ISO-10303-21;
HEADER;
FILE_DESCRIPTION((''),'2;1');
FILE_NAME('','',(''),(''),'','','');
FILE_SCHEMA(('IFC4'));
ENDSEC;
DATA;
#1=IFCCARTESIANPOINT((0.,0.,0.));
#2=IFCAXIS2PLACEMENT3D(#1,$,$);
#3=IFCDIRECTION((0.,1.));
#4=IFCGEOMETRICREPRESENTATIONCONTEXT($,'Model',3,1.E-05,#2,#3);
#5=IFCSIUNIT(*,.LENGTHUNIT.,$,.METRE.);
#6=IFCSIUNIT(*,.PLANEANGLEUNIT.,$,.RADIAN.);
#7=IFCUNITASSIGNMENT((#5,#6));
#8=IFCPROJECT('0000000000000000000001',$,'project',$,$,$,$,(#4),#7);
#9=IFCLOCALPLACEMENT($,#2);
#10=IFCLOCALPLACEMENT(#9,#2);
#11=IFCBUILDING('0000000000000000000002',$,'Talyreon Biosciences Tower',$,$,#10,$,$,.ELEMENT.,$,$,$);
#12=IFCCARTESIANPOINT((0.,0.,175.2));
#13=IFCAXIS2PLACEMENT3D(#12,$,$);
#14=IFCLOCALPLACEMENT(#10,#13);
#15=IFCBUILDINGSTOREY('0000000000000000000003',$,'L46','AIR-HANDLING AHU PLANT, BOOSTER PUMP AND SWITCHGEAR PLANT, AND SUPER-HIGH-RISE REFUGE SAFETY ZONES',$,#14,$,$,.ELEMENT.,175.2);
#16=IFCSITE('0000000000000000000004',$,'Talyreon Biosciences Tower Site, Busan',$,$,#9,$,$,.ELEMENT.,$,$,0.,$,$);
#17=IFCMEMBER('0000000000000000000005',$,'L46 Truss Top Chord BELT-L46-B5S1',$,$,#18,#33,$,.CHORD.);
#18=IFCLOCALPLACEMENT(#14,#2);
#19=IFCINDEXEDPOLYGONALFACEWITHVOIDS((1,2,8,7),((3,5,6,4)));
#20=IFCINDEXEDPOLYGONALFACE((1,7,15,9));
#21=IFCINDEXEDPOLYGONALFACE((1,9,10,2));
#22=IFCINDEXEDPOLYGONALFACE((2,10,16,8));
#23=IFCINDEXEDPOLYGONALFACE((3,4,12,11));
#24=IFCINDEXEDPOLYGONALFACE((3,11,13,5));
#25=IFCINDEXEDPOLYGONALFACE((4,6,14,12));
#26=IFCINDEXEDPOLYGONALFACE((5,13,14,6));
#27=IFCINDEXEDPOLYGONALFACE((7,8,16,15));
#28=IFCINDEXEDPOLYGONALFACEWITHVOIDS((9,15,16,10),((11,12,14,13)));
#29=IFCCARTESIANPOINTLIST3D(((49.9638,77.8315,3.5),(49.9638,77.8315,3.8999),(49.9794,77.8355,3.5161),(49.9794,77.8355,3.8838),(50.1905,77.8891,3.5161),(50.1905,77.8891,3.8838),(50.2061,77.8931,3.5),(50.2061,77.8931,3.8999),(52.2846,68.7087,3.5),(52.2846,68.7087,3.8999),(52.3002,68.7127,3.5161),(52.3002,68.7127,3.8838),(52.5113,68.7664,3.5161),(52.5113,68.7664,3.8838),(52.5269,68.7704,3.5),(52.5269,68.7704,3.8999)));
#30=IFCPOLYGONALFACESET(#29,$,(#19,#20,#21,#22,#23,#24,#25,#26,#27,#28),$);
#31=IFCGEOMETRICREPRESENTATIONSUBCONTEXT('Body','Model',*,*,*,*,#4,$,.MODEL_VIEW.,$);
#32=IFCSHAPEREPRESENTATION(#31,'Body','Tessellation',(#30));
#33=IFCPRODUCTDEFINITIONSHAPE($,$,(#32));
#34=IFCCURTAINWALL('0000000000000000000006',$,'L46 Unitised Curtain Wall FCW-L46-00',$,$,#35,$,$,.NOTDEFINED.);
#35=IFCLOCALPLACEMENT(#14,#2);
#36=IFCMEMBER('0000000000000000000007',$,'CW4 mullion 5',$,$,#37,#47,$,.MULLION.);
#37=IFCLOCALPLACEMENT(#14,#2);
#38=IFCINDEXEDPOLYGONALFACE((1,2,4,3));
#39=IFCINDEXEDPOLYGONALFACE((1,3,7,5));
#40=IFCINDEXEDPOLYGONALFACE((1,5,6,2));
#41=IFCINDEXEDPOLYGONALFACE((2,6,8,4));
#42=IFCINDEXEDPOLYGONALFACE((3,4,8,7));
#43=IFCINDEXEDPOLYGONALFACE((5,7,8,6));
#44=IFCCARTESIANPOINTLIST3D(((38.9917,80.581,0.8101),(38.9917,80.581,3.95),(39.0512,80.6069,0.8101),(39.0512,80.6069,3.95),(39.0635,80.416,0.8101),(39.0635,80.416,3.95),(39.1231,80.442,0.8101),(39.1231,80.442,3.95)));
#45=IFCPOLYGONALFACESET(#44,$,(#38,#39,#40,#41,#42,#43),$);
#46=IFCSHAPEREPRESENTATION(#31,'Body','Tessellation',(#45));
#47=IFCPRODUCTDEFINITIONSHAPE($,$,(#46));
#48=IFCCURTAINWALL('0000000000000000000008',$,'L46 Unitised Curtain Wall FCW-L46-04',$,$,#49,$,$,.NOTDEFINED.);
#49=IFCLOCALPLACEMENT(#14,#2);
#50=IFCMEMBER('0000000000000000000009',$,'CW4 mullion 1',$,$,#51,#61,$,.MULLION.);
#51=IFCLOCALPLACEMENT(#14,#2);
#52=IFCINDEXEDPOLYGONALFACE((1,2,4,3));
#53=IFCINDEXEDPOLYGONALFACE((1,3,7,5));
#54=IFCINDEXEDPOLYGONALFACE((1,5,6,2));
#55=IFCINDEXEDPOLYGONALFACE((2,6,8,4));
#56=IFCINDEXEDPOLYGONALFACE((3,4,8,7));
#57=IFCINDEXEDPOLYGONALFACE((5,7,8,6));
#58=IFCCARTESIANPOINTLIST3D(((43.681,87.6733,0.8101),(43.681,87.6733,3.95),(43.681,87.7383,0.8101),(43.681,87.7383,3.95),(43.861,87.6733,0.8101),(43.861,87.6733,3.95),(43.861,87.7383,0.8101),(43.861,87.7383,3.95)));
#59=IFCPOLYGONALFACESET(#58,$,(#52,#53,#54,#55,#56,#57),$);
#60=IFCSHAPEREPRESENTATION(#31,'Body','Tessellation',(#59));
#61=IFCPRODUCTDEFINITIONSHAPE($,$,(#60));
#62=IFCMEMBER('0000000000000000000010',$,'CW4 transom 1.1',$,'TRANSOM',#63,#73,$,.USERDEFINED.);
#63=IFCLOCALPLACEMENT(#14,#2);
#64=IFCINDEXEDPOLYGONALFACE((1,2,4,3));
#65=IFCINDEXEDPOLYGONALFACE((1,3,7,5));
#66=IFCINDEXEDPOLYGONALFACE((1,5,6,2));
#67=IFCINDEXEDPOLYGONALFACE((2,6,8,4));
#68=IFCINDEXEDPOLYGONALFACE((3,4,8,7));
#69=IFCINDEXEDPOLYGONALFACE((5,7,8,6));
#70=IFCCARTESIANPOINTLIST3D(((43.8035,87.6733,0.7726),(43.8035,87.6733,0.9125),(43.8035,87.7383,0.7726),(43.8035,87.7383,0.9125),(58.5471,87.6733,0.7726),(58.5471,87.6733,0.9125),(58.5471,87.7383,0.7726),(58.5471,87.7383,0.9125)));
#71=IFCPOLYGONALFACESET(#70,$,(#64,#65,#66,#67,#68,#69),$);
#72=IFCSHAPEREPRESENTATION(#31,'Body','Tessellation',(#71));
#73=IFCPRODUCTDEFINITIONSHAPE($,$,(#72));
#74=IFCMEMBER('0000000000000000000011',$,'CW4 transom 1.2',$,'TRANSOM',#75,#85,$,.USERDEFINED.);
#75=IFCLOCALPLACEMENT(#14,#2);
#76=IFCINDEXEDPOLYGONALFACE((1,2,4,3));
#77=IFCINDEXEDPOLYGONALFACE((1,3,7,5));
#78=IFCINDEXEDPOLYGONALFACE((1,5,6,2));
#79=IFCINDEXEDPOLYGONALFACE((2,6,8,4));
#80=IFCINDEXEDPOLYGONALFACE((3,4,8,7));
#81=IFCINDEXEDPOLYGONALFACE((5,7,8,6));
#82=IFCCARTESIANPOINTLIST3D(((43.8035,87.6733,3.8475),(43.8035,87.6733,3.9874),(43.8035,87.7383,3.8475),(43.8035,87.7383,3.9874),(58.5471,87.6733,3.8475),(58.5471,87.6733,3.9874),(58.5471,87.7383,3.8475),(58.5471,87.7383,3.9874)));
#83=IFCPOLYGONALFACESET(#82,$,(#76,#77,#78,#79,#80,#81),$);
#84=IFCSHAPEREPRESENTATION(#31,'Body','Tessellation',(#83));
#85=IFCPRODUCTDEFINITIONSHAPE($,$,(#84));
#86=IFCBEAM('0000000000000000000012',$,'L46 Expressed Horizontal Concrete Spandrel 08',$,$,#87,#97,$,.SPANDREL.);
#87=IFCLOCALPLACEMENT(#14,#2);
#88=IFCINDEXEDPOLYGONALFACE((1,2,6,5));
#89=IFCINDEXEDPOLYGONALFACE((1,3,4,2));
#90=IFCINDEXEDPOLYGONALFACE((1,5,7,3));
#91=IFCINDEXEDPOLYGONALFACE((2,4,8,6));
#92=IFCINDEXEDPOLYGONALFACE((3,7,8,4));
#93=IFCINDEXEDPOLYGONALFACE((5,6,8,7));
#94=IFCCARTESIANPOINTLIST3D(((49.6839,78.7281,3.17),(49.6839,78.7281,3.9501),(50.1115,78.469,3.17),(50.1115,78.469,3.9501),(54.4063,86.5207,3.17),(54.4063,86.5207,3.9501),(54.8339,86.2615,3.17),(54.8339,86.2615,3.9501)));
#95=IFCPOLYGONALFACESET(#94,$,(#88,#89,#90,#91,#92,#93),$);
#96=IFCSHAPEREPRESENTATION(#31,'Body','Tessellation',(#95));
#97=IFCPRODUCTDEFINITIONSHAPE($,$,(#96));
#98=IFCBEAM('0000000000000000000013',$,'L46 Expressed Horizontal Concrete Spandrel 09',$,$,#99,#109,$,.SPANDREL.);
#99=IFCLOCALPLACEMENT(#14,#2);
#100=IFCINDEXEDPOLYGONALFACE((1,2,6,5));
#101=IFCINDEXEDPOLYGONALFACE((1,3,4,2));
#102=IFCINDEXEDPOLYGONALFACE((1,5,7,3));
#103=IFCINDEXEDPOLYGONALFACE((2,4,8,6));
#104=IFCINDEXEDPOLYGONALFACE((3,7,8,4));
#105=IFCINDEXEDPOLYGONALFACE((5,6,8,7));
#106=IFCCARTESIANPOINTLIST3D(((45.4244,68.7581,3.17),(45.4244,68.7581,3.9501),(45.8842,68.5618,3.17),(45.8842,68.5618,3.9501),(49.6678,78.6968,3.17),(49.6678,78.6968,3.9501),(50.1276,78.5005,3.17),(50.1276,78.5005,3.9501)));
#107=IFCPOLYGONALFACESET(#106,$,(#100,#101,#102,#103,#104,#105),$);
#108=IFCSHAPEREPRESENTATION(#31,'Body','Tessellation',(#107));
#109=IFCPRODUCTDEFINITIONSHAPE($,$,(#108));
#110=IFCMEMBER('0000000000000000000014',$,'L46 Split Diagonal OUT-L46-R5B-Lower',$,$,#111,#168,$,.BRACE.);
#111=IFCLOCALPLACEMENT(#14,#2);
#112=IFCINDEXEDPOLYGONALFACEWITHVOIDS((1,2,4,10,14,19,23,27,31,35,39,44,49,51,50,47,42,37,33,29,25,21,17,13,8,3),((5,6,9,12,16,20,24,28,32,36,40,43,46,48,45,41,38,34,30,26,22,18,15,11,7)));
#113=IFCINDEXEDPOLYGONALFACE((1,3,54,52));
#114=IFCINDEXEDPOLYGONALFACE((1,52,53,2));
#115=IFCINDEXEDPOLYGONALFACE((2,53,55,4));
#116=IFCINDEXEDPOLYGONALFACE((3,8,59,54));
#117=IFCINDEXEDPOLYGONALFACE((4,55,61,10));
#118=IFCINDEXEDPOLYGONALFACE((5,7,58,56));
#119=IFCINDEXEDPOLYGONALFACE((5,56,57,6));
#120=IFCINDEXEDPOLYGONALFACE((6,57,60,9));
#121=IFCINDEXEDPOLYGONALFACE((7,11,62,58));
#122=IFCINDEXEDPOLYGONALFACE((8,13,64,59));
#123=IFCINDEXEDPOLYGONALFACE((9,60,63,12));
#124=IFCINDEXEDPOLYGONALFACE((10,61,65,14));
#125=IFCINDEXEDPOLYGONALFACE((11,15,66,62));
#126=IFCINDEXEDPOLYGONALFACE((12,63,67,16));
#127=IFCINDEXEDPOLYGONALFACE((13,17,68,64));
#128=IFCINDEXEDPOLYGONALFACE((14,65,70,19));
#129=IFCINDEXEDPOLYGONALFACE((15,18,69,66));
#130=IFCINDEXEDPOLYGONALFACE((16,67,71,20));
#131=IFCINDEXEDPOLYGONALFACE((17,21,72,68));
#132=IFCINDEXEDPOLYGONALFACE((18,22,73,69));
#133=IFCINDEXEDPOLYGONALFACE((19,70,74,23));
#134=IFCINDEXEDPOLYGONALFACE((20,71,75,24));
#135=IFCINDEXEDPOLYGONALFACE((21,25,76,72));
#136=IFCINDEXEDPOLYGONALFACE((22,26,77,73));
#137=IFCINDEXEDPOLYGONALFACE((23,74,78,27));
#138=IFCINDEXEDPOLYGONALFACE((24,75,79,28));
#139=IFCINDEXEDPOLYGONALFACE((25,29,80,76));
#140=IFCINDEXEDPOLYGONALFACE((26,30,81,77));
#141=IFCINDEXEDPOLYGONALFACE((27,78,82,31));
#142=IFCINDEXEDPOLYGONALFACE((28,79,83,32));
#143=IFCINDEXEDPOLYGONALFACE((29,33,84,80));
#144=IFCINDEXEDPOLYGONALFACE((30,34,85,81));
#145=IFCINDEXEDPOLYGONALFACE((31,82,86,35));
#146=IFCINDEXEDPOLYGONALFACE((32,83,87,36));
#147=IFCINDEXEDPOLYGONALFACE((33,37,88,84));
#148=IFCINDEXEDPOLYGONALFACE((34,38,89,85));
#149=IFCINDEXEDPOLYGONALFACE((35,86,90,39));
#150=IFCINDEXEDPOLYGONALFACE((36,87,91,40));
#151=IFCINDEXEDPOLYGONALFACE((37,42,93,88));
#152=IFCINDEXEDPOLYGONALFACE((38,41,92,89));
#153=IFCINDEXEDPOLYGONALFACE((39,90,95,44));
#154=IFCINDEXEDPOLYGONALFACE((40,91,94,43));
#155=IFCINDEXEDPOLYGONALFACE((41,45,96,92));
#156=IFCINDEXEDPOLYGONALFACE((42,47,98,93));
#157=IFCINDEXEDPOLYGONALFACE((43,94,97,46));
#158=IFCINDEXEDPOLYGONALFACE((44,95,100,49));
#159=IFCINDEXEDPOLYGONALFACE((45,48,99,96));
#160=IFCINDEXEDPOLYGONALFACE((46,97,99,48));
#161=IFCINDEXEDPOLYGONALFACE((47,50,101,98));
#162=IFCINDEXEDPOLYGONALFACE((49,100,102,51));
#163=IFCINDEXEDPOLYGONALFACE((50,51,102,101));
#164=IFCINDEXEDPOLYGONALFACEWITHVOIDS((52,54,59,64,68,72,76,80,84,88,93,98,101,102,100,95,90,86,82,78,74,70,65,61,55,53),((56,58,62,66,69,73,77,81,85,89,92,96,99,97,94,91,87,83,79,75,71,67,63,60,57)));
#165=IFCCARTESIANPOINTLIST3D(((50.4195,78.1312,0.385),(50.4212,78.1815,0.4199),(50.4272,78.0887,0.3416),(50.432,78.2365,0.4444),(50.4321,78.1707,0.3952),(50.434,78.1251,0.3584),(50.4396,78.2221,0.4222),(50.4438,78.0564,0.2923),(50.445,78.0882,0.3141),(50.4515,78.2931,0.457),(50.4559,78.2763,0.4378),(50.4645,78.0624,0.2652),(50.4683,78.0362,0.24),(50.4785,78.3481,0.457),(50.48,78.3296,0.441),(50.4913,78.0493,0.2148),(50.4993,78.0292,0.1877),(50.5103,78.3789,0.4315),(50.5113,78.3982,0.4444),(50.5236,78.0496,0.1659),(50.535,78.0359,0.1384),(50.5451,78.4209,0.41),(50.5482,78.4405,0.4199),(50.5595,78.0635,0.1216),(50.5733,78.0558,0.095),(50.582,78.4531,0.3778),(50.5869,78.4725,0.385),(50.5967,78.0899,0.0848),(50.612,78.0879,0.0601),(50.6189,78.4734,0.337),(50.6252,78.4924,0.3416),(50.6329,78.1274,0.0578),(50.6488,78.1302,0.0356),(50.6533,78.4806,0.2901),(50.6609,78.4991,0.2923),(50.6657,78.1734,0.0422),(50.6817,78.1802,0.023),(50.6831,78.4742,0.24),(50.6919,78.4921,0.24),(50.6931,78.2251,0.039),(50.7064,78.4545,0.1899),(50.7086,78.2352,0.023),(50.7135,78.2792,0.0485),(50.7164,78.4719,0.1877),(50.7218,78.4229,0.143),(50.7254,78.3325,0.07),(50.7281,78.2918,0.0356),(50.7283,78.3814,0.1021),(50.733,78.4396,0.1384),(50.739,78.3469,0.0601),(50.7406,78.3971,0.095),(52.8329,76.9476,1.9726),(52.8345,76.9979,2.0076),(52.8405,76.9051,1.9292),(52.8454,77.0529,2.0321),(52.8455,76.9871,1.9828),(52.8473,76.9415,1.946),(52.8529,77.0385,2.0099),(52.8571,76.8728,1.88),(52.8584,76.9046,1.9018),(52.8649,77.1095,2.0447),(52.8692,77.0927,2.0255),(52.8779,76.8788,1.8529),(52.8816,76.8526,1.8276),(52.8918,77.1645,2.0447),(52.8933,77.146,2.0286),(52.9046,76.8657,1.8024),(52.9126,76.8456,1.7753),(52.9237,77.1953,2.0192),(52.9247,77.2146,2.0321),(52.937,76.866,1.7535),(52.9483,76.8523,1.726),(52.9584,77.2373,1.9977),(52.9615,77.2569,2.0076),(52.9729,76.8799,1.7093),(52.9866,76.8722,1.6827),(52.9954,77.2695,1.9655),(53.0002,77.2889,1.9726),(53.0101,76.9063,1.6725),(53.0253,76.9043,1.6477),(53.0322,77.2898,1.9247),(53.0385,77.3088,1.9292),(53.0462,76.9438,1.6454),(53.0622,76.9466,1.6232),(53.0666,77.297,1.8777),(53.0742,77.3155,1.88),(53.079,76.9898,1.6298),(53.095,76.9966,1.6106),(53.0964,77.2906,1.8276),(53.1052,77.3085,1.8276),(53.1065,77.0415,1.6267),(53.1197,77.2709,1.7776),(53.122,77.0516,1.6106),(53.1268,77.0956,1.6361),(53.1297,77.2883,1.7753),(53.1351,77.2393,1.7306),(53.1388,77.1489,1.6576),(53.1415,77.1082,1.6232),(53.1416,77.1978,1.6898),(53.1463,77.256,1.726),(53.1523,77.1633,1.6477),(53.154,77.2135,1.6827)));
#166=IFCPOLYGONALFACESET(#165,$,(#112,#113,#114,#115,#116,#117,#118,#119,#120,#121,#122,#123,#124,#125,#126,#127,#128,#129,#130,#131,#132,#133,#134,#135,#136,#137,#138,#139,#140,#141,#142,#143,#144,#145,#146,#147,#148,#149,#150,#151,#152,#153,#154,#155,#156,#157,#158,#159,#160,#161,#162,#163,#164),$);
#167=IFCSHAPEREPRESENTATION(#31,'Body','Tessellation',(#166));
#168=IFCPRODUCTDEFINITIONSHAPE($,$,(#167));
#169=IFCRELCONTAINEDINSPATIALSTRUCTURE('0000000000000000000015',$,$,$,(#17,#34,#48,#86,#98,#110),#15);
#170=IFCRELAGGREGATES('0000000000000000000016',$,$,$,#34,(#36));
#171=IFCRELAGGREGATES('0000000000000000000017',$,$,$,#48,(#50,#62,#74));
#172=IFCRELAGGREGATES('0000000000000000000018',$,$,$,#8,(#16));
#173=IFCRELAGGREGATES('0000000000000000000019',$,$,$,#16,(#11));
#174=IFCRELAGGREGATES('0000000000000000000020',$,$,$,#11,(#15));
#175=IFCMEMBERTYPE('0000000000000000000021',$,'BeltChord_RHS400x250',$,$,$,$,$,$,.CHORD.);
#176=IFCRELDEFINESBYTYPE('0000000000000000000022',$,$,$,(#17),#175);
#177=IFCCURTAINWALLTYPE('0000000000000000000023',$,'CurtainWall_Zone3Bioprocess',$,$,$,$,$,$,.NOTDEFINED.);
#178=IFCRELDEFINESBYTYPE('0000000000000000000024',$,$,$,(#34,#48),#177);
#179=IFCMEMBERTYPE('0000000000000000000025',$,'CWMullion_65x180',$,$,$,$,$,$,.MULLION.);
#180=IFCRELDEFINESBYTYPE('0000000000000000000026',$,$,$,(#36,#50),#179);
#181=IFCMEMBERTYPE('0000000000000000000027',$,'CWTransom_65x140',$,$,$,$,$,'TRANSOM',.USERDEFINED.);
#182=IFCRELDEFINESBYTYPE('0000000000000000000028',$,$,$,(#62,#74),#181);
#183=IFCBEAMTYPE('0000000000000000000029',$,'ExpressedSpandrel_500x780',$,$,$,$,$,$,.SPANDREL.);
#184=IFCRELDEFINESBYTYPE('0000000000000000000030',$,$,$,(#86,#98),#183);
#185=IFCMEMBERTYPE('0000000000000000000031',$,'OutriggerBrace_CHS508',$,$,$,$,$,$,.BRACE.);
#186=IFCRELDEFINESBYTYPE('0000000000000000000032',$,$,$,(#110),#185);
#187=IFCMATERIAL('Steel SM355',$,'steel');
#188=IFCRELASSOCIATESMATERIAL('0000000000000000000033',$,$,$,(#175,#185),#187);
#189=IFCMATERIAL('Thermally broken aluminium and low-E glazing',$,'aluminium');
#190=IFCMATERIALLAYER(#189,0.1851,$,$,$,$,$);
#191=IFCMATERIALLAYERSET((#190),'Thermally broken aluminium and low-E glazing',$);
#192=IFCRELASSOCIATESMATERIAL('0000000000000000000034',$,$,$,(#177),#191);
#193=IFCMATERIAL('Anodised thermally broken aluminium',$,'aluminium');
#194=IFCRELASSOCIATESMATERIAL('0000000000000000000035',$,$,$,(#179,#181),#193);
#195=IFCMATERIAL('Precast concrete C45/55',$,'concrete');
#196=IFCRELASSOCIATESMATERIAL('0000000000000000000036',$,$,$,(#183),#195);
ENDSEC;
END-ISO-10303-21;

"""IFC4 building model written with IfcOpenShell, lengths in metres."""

from ifc_helpers import new_model, si_unit, direction, frame, origin, origin_2d, place, context, subcontext, project, spatial, rectangle, hollow_rectangle, hollow_circle, extrude, material, layer, layer_set, material_profile, profile_set, type_object, element, aggregate, save


model = new_model("IFC4")

# Units and contexts
model_context = context("Model", 3, precision=1e-05, world=origin(), true_north=direction((0.0, 1.0)))
body_context = subcontext(model_context, "Body", "Model", "MODEL_VIEW")
ifc_project = project(units=[si_unit("LENGTHUNIT", "METRE"), si_unit("PLANEANGLEUNIT", "RADIAN")], contexts=[model_context])

# Site, building, storey
site_placement = place(None, origin())
site = spatial("IfcSite", under=ifc_project, at=site_placement, Name="Talyreon Biosciences Tower Site, Busan", CompositionType="ELEMENT", RefElevation=0.0)
building_placement = place(site_placement, origin())
building = spatial("IfcBuilding", under=site, at=building_placement, Name="Talyreon Biosciences Tower", CompositionType="ELEMENT")
storey_placement = place(building_placement, frame((0.0, 0.0, 175.2)))
storey = spatial("IfcBuildingStorey", under=building, at=storey_placement, Name="L46", Description="AIR-HANDLING AHU PLANT, BOOSTER PUMP AND SWITCHGEAR PLANT, AND SUPER-HIGH-RISE REFUGE SAFETY ZONES", CompositionType="ELEMENT", Elevation=175.2)

# Member
ifc_material_1 = material(Name="Steel SM355", Category="steel")
ifc_material_profile_1 = material_profile(ifc_material_1, hollow_rectangle(XDim=0.25, YDim=0.3999, WallThickness=0.0161, at=origin_2d()), Name="RHS 400x250x16")
ifc_profile_set_1 = profile_set([ifc_material_profile_1], Name="Steel SM355")
member_type_1 = type_object("IfcMemberType", Name="BeltChord_RHS400x250", PredefinedType="CHORD", material=ifc_profile_set_1)
member_1_placement = place(storey_placement, frame((50.085, 77.8623, 3.7), z_axis=(0.246543, -0.969132, 0.0), x_axis=(0.969132, 0.246543, 0.0)))
element("IfcMember", 1, at=member_1_placement, inside=storey, type_object=member_type_1, Name="L46 Truss Top Chord BELT-L46-B5S1", PredefinedType="CHORD", context=body_context, shape_type="SweptSolid", body=[
    extrude(hollow_rectangle(XDim=0.25, YDim=0.3999, WallThickness=0.0161, at=origin_2d()), origin(), (0.0, 0.0, 1.0), 9.4133),
])

# Curtain wall, member
ifc_material_2 = material(Name="Thermally broken aluminium and low-E glazing", Category="aluminium")
ifc_layer_1 = layer(ifc_material_2, 0.1851)
ifc_layer_set_1 = layer_set([ifc_layer_1], Name="Thermally broken aluminium and low-E glazing")
curtain_wall_type = type_object("IfcCurtainWallType", Name="CurtainWall_Zone3Bioprocess", PredefinedType="NOTDEFINED", material=ifc_layer_set_1)
curtain_wall_1_placement = place(storey_placement, origin())
curtain_wall_1 = element("IfcCurtainWall", 2, at=curtain_wall_1_placement, inside=storey, type_object=curtain_wall_type, Name="L46 Unitised Curtain Wall FCW-L46-00", PredefinedType="NOTDEFINED")
ifc_material_3 = material(Name="Anodised thermally broken aluminium", Category="aluminium")
ifc_material_profile_2 = material_profile(ifc_material_3, rectangle(XDim=0.0649, YDim=0.1799, at=origin_2d()), Name="ALUM MULLION 65x180")
ifc_profile_set_2 = profile_set([ifc_material_profile_2], Name="Anodised thermally broken aluminium")
member_type_2 = type_object("IfcMemberType", Name="CWMullion_65x180", PredefinedType="MULLION", material=ifc_profile_set_2)
member_2_placement = place(storey_placement, frame((39.0574, 80.5115, 0.8101), z_axis=(0.0, 0.0, 1.0), x_axis=(-0.91682, -0.3993, 0.0)))
member_2 = element("IfcMember", 3, at=member_2_placement, type_object=member_type_2, Name="CW4 mullion 5", PredefinedType="MULLION", context=body_context, shape_type="SweptSolid", body=[
    extrude(rectangle(XDim=0.0649, YDim=0.1799, at=origin_2d()), origin(), (0.0, 0.0, 1.0), 3.1399),
])
aggregate(curtain_wall_1, [member_2])

# Curtain wall, members
curtain_wall_2_placement = place(storey_placement, origin())
curtain_wall_2 = element("IfcCurtainWall", 4, at=curtain_wall_2_placement, inside=storey, type_object=curtain_wall_type, Name="L46 Unitised Curtain Wall FCW-L46-04", PredefinedType="NOTDEFINED")
member_3_placement = place(storey_placement, frame((43.771, 87.7058, 0.8101), z_axis=(0.0, 0.0, 1.0), x_axis=(0.0, 1.0, 0.0)))
member_3 = element("IfcMember", 5, at=member_3_placement, type_object=member_type_2, Name="CW4 mullion 1", PredefinedType="MULLION", context=body_context, shape_type="SweptSolid", body=[
    extrude(rectangle(XDim=0.0649, YDim=0.1799, at=origin_2d()), origin(), (0.0, 0.0, 1.0), 3.1399),
])
ifc_material_profile_3 = material_profile(ifc_material_3, rectangle(XDim=0.0649, YDim=0.1399, at=origin_2d()), Name="ALUM TRANSOM 65x140")
ifc_profile_set_3 = profile_set([ifc_material_profile_3], Name="Anodised thermally broken aluminium")
member_type_3 = type_object("IfcMemberType", Name="CWTransom_65x140", ElementType="TRANSOM", PredefinedType="USERDEFINED", material=ifc_profile_set_3)
member_4_placement = place(storey_placement, frame((43.8035, 87.7058, 0.8425), z_axis=(1.0, 0.0, 0.0), x_axis=(0.0, 1.0, 0.0)))
member_4 = element("IfcMember", 6, at=member_4_placement, type_object=member_type_3, Name="CW4 transom 1.1", ObjectType="TRANSOM", PredefinedType="USERDEFINED", context=body_context, shape_type="SweptSolid", body=[
    extrude(rectangle(XDim=0.0649, YDim=0.1399, at=origin_2d()), origin(), (0.0, 0.0, 1.0), 14.7437),
])
member_5_placement = place(storey_placement, frame((43.8035, 87.7058, 3.9175), z_axis=(1.0, 0.0, 0.0), x_axis=(0.0, 1.0, 0.0)))
member_5 = element("IfcMember", 7, at=member_5_placement, type_object=member_type_3, Name="CW4 transom 1.2", ObjectType="TRANSOM", PredefinedType="USERDEFINED", context=body_context, shape_type="SweptSolid", body=[
    extrude(rectangle(XDim=0.0649, YDim=0.1399, at=origin_2d()), origin(), (0.0, 0.0, 1.0), 14.7437),
])

# Beams
ifc_material_4 = material(Name="Precast concrete C45/55", Category="concrete")
ifc_material_profile_4 = material_profile(ifc_material_4, rectangle(XDim=0.5, YDim=0.78, at=origin_2d()), Name="RCB 500x780")
ifc_profile_set_4 = profile_set([ifc_material_profile_4], Name="Precast concrete C45/55")
beam_type_1 = type_object("IfcBeamType", Name="ExpressedSpandrel_500x780", PredefinedType="SPANDREL", material=ifc_profile_set_4)
beam_1_placement = place(storey_placement, frame((54.6201, 86.3911, 3.5601), z_axis=(-0.518277, -0.855213, 0.0), x_axis=(0.855213, -0.518277, 0.0)))
element("IfcBeam", 8, at=beam_1_placement, inside=storey, type_object=beam_type_1, Name="L46 Expressed Horizontal Concrete Spandrel 08", PredefinedType="SPANDREL", context=body_context, shape_type="SweptSolid", body=[
    extrude(rectangle(XDim=0.5, YDim=0.78, at=origin_2d()), origin(), (0.0, 0.0, 1.0), 9.1118),
])
beam_2_placement = place(storey_placement, frame((49.8977, 78.5986, 3.5601), z_axis=(-0.392665, -0.919682, 0.0), x_axis=(0.919682, -0.392665, 0.0)))
element("IfcBeam", 9, at=beam_2_placement, inside=storey, type_object=beam_type_1, Name="L46 Expressed Horizontal Concrete Spandrel 09", PredefinedType="SPANDREL", context=body_context, shape_type="SweptSolid", body=[
    extrude(rectangle(XDim=0.5, YDim=0.78, at=origin_2d()), origin(), (0.0, 0.0, 1.0), 10.8066),
])

# Member
ifc_material_profile_5 = material_profile(ifc_material_1, hollow_circle(Radius=0.2539, WallThickness=0.02, at=origin_2d()), Name="CHS 508x20")
ifc_profile_set_5 = profile_set([ifc_material_profile_5], Name="Steel SM355")
member_type_4 = type_object("IfcMemberType", Name="OutriggerBrace_CHS508", PredefinedType="BRACE", material=ifc_profile_set_5)
member_6_placement = place(storey_placement, frame((50.5801, 78.2642, 0.24), z_axis=(0.773056, -0.379137, 0.508567), x_axis=(0.440334, 0.897834, 0.0)))
element("IfcMember", 10, at=member_6_placement, inside=storey, type_object=member_type_4, Name="L46 Split Diagonal OUT-L46-R5B-Lower", PredefinedType="BRACE", context=body_context, shape_type="SweptSolid", body=[
    extrude(hollow_circle(Radius=0.2539, WallThickness=0.02, at=origin_2d()), origin(), (0.0, 0.0, 1.0), 3.1218),
])

aggregate(curtain_wall_2, [member_3, member_4, member_5])

save(model, "model.ifc")
